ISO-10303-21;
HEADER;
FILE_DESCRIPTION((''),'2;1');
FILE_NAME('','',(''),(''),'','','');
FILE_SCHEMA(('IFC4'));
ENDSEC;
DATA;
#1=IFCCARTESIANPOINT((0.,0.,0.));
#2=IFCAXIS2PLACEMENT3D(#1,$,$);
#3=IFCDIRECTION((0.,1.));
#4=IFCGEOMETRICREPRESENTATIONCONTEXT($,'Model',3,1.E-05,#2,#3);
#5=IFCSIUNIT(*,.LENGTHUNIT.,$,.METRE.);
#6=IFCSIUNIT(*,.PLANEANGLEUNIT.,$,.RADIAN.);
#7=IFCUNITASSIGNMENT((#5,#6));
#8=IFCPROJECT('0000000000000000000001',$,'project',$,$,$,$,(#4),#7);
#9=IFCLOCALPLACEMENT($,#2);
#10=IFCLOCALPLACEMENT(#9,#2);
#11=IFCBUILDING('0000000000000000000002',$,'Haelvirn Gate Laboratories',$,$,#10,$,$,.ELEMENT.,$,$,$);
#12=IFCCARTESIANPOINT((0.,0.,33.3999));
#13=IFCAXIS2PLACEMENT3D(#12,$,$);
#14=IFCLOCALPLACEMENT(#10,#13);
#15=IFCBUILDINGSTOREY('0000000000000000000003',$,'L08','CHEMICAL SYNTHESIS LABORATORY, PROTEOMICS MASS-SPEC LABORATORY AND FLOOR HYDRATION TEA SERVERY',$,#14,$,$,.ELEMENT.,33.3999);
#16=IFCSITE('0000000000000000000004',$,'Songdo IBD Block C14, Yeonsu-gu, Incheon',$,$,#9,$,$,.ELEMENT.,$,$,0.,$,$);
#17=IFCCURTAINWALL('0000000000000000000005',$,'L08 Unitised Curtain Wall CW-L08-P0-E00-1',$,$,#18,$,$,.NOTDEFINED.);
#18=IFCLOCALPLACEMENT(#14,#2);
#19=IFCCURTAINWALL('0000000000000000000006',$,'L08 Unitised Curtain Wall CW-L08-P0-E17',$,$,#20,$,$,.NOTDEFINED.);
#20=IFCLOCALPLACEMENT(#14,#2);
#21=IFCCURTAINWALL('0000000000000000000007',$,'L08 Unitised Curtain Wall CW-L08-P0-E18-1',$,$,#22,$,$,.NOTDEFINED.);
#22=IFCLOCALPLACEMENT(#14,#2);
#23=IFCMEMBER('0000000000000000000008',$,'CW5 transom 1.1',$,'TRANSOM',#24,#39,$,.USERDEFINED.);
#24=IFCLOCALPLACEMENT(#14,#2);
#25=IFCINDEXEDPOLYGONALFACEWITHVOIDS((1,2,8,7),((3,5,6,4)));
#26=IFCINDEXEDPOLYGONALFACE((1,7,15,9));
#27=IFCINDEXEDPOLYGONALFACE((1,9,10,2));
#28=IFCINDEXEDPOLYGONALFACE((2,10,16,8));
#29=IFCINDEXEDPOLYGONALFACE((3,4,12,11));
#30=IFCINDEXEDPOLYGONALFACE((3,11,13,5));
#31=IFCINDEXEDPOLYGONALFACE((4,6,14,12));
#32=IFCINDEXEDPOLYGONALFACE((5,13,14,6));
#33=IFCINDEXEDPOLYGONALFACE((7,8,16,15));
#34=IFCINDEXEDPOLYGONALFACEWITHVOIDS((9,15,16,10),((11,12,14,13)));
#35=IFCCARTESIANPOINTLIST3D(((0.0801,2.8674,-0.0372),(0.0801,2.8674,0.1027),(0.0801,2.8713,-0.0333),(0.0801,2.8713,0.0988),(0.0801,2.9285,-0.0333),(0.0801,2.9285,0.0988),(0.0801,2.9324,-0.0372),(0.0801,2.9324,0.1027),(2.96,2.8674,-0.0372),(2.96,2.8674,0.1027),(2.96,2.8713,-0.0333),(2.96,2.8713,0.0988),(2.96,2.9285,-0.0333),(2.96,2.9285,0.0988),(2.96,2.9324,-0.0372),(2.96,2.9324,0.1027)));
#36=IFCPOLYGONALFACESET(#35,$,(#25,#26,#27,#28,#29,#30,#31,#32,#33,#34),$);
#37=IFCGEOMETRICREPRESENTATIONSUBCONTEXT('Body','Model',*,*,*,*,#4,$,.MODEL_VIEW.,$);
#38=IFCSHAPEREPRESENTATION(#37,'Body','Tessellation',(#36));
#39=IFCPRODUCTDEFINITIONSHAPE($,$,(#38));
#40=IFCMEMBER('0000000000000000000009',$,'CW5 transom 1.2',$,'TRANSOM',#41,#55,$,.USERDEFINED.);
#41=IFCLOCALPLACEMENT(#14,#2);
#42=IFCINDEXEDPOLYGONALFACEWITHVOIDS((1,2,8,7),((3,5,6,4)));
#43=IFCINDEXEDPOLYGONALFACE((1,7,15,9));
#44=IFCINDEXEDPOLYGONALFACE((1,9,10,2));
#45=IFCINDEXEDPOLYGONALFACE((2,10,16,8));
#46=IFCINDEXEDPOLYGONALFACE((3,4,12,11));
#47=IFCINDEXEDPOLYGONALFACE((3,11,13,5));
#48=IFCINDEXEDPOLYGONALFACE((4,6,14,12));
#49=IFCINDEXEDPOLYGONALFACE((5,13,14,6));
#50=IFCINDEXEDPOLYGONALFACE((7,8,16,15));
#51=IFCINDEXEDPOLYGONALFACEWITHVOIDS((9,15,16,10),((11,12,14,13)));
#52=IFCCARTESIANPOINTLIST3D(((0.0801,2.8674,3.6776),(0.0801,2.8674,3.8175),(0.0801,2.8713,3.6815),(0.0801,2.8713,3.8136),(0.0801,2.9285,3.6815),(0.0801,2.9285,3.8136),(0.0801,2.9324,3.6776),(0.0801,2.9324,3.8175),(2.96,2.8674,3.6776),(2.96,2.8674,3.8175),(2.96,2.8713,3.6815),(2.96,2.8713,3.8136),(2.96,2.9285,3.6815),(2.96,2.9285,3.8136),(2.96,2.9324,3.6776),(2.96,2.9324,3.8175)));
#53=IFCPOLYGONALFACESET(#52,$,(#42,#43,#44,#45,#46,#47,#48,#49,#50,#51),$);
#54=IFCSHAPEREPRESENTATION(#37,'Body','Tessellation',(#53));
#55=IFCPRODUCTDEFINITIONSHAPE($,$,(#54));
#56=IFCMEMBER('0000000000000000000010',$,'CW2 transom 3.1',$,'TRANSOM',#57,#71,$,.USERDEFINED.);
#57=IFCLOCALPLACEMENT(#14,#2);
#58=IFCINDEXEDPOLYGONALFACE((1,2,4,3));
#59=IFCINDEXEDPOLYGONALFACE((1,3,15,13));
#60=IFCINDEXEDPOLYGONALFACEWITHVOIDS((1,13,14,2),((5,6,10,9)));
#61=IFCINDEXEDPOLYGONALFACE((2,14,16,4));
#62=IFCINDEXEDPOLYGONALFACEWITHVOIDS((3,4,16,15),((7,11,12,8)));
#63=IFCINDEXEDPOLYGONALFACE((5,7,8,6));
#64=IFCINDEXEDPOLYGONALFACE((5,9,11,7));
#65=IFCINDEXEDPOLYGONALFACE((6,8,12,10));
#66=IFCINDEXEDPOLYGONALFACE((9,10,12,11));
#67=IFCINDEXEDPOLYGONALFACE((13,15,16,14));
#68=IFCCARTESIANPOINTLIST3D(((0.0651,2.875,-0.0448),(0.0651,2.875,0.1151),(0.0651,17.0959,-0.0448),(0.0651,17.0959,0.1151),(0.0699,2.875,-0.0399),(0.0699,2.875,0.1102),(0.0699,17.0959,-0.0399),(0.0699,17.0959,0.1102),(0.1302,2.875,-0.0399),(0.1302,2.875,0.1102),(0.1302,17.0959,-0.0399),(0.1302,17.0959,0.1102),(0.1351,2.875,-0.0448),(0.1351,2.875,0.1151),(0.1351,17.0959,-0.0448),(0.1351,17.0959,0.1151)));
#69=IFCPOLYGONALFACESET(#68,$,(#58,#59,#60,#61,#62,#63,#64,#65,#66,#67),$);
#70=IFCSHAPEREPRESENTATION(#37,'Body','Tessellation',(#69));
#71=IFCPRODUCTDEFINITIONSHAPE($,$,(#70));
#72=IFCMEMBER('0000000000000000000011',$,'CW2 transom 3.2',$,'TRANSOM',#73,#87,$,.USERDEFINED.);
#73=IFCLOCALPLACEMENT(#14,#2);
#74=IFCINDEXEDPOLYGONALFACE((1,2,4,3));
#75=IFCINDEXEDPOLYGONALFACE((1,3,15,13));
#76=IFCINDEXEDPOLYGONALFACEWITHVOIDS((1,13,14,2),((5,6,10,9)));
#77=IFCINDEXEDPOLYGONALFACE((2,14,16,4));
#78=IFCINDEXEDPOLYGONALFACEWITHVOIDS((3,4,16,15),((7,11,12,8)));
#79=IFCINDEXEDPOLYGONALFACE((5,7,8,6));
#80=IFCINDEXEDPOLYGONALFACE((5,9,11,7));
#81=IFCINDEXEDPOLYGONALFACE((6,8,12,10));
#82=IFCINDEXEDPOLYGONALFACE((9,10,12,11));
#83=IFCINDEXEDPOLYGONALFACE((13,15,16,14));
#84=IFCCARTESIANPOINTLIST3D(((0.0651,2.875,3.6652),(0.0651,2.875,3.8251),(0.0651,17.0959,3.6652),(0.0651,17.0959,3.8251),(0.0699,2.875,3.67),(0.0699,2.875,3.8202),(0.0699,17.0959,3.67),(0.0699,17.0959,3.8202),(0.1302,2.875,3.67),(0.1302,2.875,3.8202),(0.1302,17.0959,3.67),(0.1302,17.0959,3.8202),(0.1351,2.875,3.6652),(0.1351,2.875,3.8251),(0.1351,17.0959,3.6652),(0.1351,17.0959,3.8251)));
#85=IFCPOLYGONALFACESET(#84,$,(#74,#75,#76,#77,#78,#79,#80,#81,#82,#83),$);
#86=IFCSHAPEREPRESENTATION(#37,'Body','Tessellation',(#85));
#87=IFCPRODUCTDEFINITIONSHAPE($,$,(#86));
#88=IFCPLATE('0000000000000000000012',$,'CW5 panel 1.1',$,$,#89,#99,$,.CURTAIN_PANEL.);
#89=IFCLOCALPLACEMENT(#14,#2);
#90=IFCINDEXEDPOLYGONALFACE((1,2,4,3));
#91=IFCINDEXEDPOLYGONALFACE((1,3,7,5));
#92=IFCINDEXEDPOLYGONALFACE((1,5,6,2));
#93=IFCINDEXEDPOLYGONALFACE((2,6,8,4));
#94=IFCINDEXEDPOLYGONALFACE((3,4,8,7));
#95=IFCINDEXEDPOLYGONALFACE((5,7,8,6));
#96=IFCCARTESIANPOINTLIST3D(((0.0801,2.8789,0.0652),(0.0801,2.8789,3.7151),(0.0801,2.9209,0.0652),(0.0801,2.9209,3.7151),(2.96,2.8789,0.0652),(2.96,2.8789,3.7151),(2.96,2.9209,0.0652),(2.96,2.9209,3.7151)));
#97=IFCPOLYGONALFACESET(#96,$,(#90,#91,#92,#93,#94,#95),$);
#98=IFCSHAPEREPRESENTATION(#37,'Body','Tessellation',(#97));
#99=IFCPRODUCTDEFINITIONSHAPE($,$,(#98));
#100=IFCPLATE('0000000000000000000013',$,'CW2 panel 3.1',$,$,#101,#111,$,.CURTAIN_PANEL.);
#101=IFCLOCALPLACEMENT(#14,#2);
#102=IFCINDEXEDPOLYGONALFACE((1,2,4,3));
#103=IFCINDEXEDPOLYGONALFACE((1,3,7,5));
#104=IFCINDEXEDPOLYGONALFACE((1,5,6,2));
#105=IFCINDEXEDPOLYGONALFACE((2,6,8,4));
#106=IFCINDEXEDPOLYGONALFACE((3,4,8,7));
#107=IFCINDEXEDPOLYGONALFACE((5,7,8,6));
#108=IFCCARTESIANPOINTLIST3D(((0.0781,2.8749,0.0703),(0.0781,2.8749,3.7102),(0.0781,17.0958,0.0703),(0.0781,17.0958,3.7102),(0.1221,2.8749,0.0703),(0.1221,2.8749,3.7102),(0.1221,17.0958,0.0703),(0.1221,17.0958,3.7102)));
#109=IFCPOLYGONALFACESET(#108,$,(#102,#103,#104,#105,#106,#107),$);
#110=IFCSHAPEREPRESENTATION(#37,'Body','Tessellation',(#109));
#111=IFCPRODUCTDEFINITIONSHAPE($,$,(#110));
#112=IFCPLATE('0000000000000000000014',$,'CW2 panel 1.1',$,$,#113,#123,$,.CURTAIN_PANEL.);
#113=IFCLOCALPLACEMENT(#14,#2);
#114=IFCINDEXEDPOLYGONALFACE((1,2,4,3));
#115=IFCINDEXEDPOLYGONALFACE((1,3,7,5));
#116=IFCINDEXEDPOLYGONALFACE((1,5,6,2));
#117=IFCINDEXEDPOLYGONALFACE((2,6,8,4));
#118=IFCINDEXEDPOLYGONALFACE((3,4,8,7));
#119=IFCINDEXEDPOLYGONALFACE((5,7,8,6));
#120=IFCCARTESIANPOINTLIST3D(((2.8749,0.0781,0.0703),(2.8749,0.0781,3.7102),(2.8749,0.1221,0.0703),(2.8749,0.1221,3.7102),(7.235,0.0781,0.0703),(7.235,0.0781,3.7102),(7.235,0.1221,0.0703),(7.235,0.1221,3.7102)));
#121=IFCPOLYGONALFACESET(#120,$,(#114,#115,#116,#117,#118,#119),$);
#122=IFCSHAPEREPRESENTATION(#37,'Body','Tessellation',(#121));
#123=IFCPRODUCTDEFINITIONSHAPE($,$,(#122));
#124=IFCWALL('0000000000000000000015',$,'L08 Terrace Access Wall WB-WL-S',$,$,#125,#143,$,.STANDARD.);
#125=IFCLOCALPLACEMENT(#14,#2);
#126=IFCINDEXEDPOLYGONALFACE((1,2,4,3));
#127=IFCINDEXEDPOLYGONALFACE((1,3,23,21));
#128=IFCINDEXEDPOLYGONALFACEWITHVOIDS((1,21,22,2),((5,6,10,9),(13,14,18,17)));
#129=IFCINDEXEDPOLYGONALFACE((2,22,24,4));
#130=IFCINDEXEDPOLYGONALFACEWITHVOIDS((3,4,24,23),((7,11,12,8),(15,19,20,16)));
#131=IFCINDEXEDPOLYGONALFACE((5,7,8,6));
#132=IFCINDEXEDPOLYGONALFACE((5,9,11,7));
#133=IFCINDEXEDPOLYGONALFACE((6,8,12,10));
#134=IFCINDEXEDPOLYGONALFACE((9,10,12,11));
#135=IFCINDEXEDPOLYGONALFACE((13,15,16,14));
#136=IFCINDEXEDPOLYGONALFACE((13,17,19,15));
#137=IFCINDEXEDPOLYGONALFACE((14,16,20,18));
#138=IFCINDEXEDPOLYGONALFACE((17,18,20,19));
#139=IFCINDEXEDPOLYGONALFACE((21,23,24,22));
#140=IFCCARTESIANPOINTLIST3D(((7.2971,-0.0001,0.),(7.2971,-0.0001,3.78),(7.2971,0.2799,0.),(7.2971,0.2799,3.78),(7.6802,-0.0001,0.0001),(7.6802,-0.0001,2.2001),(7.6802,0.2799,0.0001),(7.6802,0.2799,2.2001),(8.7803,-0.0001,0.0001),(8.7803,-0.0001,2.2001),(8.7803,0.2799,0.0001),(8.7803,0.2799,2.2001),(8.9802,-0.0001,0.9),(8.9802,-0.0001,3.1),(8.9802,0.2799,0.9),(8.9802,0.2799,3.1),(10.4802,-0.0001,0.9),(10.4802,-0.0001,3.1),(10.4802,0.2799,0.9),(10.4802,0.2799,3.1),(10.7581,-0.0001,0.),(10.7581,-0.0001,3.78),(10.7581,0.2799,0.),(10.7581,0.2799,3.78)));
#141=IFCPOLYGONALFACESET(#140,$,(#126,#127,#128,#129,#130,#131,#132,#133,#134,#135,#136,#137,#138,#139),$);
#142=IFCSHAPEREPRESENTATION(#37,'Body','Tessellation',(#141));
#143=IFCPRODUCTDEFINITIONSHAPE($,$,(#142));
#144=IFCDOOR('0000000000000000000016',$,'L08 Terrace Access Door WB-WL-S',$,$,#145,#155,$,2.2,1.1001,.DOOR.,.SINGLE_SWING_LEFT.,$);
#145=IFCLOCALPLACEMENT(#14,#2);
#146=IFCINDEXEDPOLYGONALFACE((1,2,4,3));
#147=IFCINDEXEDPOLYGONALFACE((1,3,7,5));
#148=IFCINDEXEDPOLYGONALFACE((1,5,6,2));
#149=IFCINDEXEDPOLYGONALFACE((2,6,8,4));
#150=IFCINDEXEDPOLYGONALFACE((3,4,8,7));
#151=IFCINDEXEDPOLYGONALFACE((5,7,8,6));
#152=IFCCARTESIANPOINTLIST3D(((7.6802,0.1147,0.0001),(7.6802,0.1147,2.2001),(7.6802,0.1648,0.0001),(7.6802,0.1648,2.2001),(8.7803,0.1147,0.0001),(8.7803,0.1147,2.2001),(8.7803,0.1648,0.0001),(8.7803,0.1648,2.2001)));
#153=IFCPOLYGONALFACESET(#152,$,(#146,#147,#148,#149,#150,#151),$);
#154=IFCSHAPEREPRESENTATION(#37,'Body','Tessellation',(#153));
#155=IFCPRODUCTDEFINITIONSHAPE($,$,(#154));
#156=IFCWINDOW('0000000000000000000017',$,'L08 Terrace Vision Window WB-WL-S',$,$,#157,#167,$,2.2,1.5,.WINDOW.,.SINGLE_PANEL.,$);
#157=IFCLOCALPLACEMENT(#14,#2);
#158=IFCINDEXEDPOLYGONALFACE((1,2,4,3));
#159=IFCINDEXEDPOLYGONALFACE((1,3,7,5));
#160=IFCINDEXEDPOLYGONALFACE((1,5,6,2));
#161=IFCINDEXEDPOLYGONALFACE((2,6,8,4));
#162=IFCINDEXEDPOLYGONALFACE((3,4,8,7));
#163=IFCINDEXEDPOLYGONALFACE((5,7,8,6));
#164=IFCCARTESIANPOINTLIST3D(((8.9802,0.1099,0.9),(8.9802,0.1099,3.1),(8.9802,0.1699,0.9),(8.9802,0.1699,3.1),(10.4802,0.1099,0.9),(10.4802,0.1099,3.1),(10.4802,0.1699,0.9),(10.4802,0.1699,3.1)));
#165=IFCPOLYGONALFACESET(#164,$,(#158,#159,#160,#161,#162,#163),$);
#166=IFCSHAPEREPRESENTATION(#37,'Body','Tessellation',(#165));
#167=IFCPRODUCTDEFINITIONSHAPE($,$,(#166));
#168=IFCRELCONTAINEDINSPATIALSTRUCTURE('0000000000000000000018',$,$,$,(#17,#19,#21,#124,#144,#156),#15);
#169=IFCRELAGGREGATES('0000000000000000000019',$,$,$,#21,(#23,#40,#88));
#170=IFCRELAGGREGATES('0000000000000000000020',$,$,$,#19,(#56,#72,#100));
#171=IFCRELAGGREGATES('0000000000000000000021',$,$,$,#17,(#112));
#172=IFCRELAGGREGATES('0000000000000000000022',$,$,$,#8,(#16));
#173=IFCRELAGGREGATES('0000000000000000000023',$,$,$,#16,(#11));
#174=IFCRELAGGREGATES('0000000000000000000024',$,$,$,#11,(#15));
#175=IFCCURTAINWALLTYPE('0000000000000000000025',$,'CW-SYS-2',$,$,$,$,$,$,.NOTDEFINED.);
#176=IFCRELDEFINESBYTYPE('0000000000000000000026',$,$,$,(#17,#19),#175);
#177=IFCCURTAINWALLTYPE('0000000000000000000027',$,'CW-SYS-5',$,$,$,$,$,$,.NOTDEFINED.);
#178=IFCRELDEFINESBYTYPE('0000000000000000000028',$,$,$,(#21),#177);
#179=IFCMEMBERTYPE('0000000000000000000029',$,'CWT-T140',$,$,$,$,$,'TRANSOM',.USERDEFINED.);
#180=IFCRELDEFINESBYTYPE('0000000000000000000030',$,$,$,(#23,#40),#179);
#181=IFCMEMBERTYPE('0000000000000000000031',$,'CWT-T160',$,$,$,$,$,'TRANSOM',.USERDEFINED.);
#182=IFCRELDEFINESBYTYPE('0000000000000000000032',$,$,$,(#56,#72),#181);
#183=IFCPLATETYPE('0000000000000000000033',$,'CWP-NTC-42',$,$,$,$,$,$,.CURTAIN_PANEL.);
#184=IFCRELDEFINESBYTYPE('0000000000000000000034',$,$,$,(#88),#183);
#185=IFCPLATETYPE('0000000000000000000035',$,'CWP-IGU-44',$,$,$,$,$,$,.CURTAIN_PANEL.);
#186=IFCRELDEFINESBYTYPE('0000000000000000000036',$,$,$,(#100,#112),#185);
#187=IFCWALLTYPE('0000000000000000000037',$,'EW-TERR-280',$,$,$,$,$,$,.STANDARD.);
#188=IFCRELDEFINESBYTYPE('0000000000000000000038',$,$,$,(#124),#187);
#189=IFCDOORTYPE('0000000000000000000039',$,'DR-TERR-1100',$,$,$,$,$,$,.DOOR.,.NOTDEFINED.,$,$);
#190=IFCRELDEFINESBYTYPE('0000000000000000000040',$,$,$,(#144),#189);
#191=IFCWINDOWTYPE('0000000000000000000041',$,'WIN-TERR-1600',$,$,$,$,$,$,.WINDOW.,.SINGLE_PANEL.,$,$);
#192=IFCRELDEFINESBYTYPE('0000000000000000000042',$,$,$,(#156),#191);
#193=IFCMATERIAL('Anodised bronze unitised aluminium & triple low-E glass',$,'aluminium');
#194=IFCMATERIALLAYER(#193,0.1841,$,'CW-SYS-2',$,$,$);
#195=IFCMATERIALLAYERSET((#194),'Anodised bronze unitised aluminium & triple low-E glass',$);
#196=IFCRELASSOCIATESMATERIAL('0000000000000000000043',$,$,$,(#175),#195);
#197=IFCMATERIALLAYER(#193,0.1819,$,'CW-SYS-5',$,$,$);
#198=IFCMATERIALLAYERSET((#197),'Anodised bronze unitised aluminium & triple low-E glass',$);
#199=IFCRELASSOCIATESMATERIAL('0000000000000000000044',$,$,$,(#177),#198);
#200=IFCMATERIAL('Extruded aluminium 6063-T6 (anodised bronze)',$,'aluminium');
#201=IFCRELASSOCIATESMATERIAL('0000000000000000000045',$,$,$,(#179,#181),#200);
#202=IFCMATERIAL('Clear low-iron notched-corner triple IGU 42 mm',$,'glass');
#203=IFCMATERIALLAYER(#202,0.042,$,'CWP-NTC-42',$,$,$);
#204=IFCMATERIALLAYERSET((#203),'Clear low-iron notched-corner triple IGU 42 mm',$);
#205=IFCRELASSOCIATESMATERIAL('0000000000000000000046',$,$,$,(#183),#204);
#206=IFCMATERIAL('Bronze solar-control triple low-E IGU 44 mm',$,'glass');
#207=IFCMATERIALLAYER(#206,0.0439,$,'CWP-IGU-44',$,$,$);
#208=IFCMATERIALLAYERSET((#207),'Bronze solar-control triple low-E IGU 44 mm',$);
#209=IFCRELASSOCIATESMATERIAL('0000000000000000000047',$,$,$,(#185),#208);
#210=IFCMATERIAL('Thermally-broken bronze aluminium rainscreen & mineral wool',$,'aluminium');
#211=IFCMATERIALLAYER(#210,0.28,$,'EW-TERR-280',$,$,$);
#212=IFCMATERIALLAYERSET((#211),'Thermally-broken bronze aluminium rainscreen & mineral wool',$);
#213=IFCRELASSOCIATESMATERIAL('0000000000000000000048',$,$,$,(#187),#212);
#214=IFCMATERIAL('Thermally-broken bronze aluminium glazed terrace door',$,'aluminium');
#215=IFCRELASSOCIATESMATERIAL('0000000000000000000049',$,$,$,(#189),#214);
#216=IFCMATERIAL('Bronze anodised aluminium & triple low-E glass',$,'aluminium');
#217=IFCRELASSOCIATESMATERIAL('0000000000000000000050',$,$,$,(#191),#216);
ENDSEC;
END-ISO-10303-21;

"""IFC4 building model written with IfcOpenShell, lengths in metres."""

from ifc_helpers import new_model, si_unit, direction, frame, frame_2d, origin, origin_2d, place, context, subcontext, project, spatial, rectangle, hollow_rectangle, extrude, source, transform, mapped, material, layer, layer_set, material_profile, profile_set, type_object, type_shapes, element, fill, aggregate, save


model = new_model("IFC4")

# Units and contexts
model_context = context("Model", 3, precision=1e-05, world=origin(), true_north=direction((0.0, 1.0)))
body_context = subcontext(model_context, "Body", "Model", "MODEL_VIEW")
ifc_project = project(units=[si_unit("LENGTHUNIT", "METRE"), si_unit("PLANEANGLEUNIT", "RADIAN")], contexts=[model_context])

# Site, building, storey
site_placement = place(None, origin())
site = spatial("IfcSite", under=ifc_project, at=site_placement, Name="Songdo IBD Block C14, Yeonsu-gu, Incheon", CompositionType="ELEMENT", RefElevation=0.0)
building_placement = place(site_placement, origin())
building = spatial("IfcBuilding", under=site, at=building_placement, Name="Haelvirn Gate Laboratories", CompositionType="ELEMENT")
storey_placement = place(building_placement, frame((0.0, 0.0, 33.3999)))
storey = spatial("IfcBuildingStorey", under=building, at=storey_placement, Name="L08", Description="CHEMICAL SYNTHESIS LABORATORY, PROTEOMICS MASS-SPEC LABORATORY AND FLOOR HYDRATION TEA SERVERY", CompositionType="ELEMENT", Elevation=33.3999)

# Curtain wall
ifc_material_1 = material(Name="Anodised bronze unitised aluminium & triple low-E glass", Category="aluminium")
ifc_layer_1 = layer(ifc_material_1, 0.1841, Name="CW-SYS-2")
ifc_layer_set_1 = layer_set([ifc_layer_1], Name="Anodised bronze unitised aluminium & triple low-E glass")
curtain_wall_type_1 = type_object("IfcCurtainWallType", Name="CW-SYS-2", PredefinedType="NOTDEFINED", material=ifc_layer_set_1)
curtain_wall_1_placement = place(storey_placement, origin())
curtain_wall_1 = element("IfcCurtainWall", 1, at=curtain_wall_1_placement, inside=storey, type_object=curtain_wall_type_1, Name="L08 Unitised Curtain Wall CW-L08-P0-E00-1", PredefinedType="NOTDEFINED")
ifc_material_2 = material(Name="Extruded aluminium 6063-T6 (anodised bronze)", Category="aluminium")

# Curtain walls, members
curtain_wall_2_placement = place(storey_placement, origin())
curtain_wall_2 = element("IfcCurtainWall", 2, at=curtain_wall_2_placement, inside=storey, type_object=curtain_wall_type_1, Name="L08 Unitised Curtain Wall CW-L08-P0-E17", PredefinedType="NOTDEFINED")
ifc_layer_2 = layer(ifc_material_1, 0.1819, Name="CW-SYS-5")
ifc_layer_set_2 = layer_set([ifc_layer_2], Name="Anodised bronze unitised aluminium & triple low-E glass")
curtain_wall_type_2 = type_object("IfcCurtainWallType", Name="CW-SYS-5", PredefinedType="NOTDEFINED", material=ifc_layer_set_2)
curtain_wall_3_placement = place(storey_placement, origin())
curtain_wall_3 = element("IfcCurtainWall", 3, at=curtain_wall_3_placement, inside=storey, type_object=curtain_wall_type_2, Name="L08 Unitised Curtain Wall CW-L08-P0-E18-1", PredefinedType="NOTDEFINED")
ifc_material_profile_1 = material_profile(ifc_material_2, hollow_rectangle(XDim=0.0649, YDim=0.1399, WallThickness=0.0039, at=origin_2d()), Name="CWT-140x65x4")
ifc_profile_set_1 = profile_set([ifc_material_profile_1], Name="Extruded aluminium 6063-T6 (anodised bronze)")
member_type_1 = type_object("IfcMemberType", Name="CWT-T140", ElementType="TRANSOM", PredefinedType="USERDEFINED", material=ifc_profile_set_1)
shared_shape_1 = source(origin(), body_context, "Body", "SweptSolid", [
    extrude(hollow_rectangle(XDim=0.0649, YDim=0.1399, WallThickness=0.0039, at=origin_2d()), origin(), (0.0, 0.0, 1.0), 2.8799),
])
type_shapes(member_type_1, [shared_shape_1])
member_1_placement = place(storey_placement, frame((0.0801, 2.8999, 0.0327), z_axis=(1.0, 0.0, 0.0), x_axis=(0.0, 1.0, 0.0)))
member_1 = element("IfcMember", 4, at=member_1_placement, type_object=member_type_1, Name="CW5 transom 1.1", ObjectType="TRANSOM", PredefinedType="USERDEFINED", context=body_context, shape_type="MappedRepresentation", body=[
    mapped(shared_shape_1, transform((0.0, 0.0, 0.0), scale=1.0)),
])
member_2_placement = place(storey_placement, frame((0.0801, 2.8999, 3.7476), z_axis=(1.0, 0.0, 0.0), x_axis=(0.0, 1.0, 0.0)))
member_2 = element("IfcMember", 5, at=member_2_placement, type_object=member_type_1, Name="CW5 transom 1.2", ObjectType="TRANSOM", PredefinedType="USERDEFINED", context=body_context, shape_type="MappedRepresentation", body=[
    mapped(shared_shape_1, transform((0.0, 0.0, 0.0), scale=1.0)),
])

# Members
ifc_material_profile_2 = material_profile(ifc_material_2, hollow_rectangle(XDim=0.0701, YDim=0.1599, WallThickness=0.0049, at=origin_2d()), Name="CWT-160x70x5")
ifc_profile_set_2 = profile_set([ifc_material_profile_2], Name="Extruded aluminium 6063-T6 (anodised bronze)")
member_type_2 = type_object("IfcMemberType", Name="CWT-T160", ElementType="TRANSOM", PredefinedType="USERDEFINED", material=ifc_profile_set_2)
shared_shape_2 = source(origin(), body_context, "Body", "SweptSolid", [
    extrude(hollow_rectangle(XDim=0.0701, YDim=0.1599, WallThickness=0.0049, at=origin_2d()), origin(), (0.0, 0.0, 1.0), 14.2209),
])
type_shapes(member_type_2, [shared_shape_2])
member_3_placement = place(storey_placement, frame((0.1001, 17.0959, 0.0352), z_axis=(0.0, -1.0, 0.0), x_axis=(1.0, 0.0, 0.0)))
member_3 = element("IfcMember", 6, at=member_3_placement, type_object=member_type_2, Name="CW2 transom 3.1", ObjectType="TRANSOM", PredefinedType="USERDEFINED", context=body_context, shape_type="MappedRepresentation", body=[
    mapped(shared_shape_2, transform((0.0, 0.0, 0.0), scale=1.0)),
])
member_4_placement = place(storey_placement, frame((0.1001, 17.0959, 3.7451), z_axis=(0.0, -1.0, 0.0), x_axis=(1.0, 0.0, 0.0)))
member_4 = element("IfcMember", 7, at=member_4_placement, type_object=member_type_2, Name="CW2 transom 3.2", ObjectType="TRANSOM", PredefinedType="USERDEFINED", context=body_context, shape_type="MappedRepresentation", body=[
    mapped(shared_shape_2, transform((0.0, 0.0, 0.0), scale=1.0)),
])

# Plates
ifc_material_3 = material(Name="Clear low-iron notched-corner triple IGU 42 mm", Category="glass")
ifc_layer_3 = layer(ifc_material_3, 0.042, Name="CWP-NTC-42")
ifc_layer_set_3 = layer_set([ifc_layer_3], Name="Clear low-iron notched-corner triple IGU 42 mm")
plate_type_1 = type_object("IfcPlateType", Name="CWP-NTC-42", PredefinedType="CURTAIN_PANEL", material=ifc_layer_set_3)
shared_shape_3 = source(origin(), body_context, "Body", "SweptSolid", [
    extrude(rectangle(XDim=2.8799, YDim=0.042, at=origin_2d()), origin(), (0.0, 0.0, 1.0), 3.6499),
])
type_shapes(plate_type_1, [shared_shape_3])
plate_1_placement = place(storey_placement, frame((1.52, 2.8999, 0.0652), z_axis=(0.0, 0.0, 1.0), x_axis=(1.0, 0.0, 0.0)))
plate_1 = element("IfcPlate", 8, at=plate_1_placement, type_object=plate_type_1, Name="CW5 panel 1.1", PredefinedType="CURTAIN_PANEL", context=body_context, shape_type="MappedRepresentation", body=[
    mapped(shared_shape_3, transform((0.0, 0.0, 0.0), scale=1.0)),
])
aggregate(curtain_wall_3, [member_1, member_2, plate_1])
ifc_material_4 = material(Name="Bronze solar-control triple low-E IGU 44 mm", Category="glass")
ifc_layer_4 = layer(ifc_material_4, 0.0439, Name="CWP-IGU-44")
ifc_layer_set_4 = layer_set([ifc_layer_4], Name="Bronze solar-control triple low-E IGU 44 mm")
plate_type_2 = type_object("IfcPlateType", Name="CWP-IGU-44", PredefinedType="CURTAIN_PANEL", material=ifc_layer_set_4)
shared_shape_4 = source(origin(), body_context, "Body", "SweptSolid", [
    extrude(rectangle(XDim=14.2209, YDim=0.0439, at=origin_2d()), origin(), (0.0, 0.0, 1.0), 3.6399),
])
plate_2_placement = place(storey_placement, frame((0.1001, 9.9854, 0.0703), z_axis=(0.0, 0.0, 1.0), x_axis=(0.0, -1.0, 0.0)))
plate_2 = element("IfcPlate", 9, at=plate_2_placement, type_object=plate_type_2, Name="CW2 panel 3.1", PredefinedType="CURTAIN_PANEL", context=body_context, shape_type="MappedRepresentation", body=[
    mapped(shared_shape_4, transform((0.0, 0.0, 0.0), scale=1.0)),
])
aggregate(curtain_wall_2, [member_3, member_4, plate_2])
shared_shape_5 = source(origin(), body_context, "Body", "SweptSolid", [
    extrude(rectangle(XDim=4.3601, YDim=0.0439, at=origin_2d()), origin(), (0.0, 0.0, 1.0), 3.6399),
])
type_shapes(plate_type_2, [shared_shape_4, shared_shape_5])
plate_3_placement = place(storey_placement, frame((5.0549, 0.1001, 0.0703), z_axis=(0.0, 0.0, 1.0), x_axis=(1.0, 0.0, 0.0)))
plate_3 = element("IfcPlate", 10, at=plate_3_placement, type_object=plate_type_2, Name="CW2 panel 1.1", PredefinedType="CURTAIN_PANEL", context=body_context, shape_type="MappedRepresentation", body=[
    mapped(shared_shape_5, transform((0.0, 0.0, 0.0), scale=1.0)),
])
aggregate(curtain_wall_1, [plate_3])

# Wall, openings, door, window
ifc_material_5 = material(Name="Thermally-broken bronze aluminium rainscreen & mineral wool", Category="aluminium")
ifc_layer_5 = layer(ifc_material_5, 0.28, Name="EW-TERR-280")
ifc_layer_set_5 = layer_set([ifc_layer_5], Name="Thermally-broken bronze aluminium rainscreen & mineral wool")
wall_type_1 = type_object("IfcWallType", Name="EW-TERR-280", PredefinedType="STANDARD", material=ifc_layer_set_5)
wall_1_placement = place(storey_placement, frame((7.2971, 0.1399, 0.0), z_axis=(0.0, 0.0, 1.0), x_axis=(1.0, 0.0, 0.0)))
wall_1 = element("IfcWall", 11, at=wall_1_placement, inside=storey, type_object=wall_type_1, Name="L08 Terrace Access Wall WB-WL-S", PredefinedType="STANDARD", context=body_context, shape_type="SweptSolid", body=[
    extrude(rectangle(XDim=3.4609, YDim=0.28, at=frame_2d((1.7305, 0.0))), origin(), (0.0, 0.0, 1.0), 3.78),
])
opening_1_placement = place(wall_1_placement, frame((0.3831, 0.0, 0.0)))
opening_1 = element("IfcOpeningElement", 12, at=opening_1_placement, cuts=wall_1, PredefinedType="OPENING", context=body_context, shape_type="SweptSolid", body=[
    extrude(rectangle(XDim=1.1001, YDim=2.2, at=frame_2d((0.55, 1.1001))), frame((0.0, 0.1499, 0.0), z_axis=(0.0, -1.0, 0.0), x_axis=(1.0, 0.0, 0.0)), (0.0, 0.0, 1.0), 0.3),
])
opening_2_placement = place(wall_1_placement, frame((1.6831, 0.0, 0.8999)))
opening_2 = element("IfcOpeningElement", 13, at=opening_2_placement, cuts=wall_1, PredefinedType="OPENING", context=body_context, shape_type="SweptSolid", body=[
    extrude(rectangle(XDim=1.5, YDim=2.2, at=frame_2d((0.75, 1.1001))), frame((0.0, 0.1499, 0.0), z_axis=(0.0, -1.0, 0.0), x_axis=(1.0, 0.0, 0.0)), (0.0, 0.0, 1.0), 0.3),
])
ifc_material_6 = material(Name="Thermally-broken bronze aluminium glazed terrace door", Category="aluminium")
door_type_1 = type_object("IfcDoorType", Name="DR-TERR-1100", OperationType="NOTDEFINED", PredefinedType="DOOR", material=ifc_material_6)
shared_shape_6 = source(origin(), body_context, "Body", "SweptSolid", [
    extrude(rectangle(XDim=1.1001, YDim=2.2, at=frame_2d((0.55, 1.1001))), frame((0.0, 0.0249, 0.0), z_axis=(0.0, -1.0, 0.0), x_axis=(1.0, 0.0, 0.0)), (0.0, 0.0, 1.0), 0.05),
])
type_shapes(door_type_1, [shared_shape_6])
door_1_placement = place(opening_1_placement, origin())
door_1 = element("IfcDoor", 14, at=door_1_placement, inside=storey, type_object=door_type_1, Name="L08 Terrace Access Door WB-WL-S", OperationType="SINGLE_SWING_LEFT", OverallHeight=2.2, OverallWidth=1.1001, PredefinedType="DOOR", context=body_context, shape_type="MappedRepresentation", body=[
    mapped(shared_shape_6, transform((0.0, 0.0, 0.0), scale=1.0)),
])
fill(opening_1, door_1)
ifc_material_7 = material(Name="Bronze anodised aluminium & triple low-E glass", Category="aluminium")
window_type = type_object("IfcWindowType", Name="WIN-TERR-1600", PartitioningType="SINGLE_PANEL", PredefinedType="WINDOW", material=ifc_material_7)
shared_shape_7 = source(origin(), body_context, "Body", "SweptSolid", [
    extrude(rectangle(XDim=1.5, YDim=2.2, at=frame_2d((0.75, 1.1001))), frame((0.0, 0.03, 0.0), z_axis=(0.0, -1.0, 0.0), x_axis=(1.0, 0.0, 0.0)), (0.0, 0.0, 1.0), 0.0601),
])
type_shapes(window_type, [shared_shape_7])
window_placement = place(opening_2_placement, origin())
window = element("IfcWindow", 15, at=window_placement, inside=storey, type_object=window_type, Name="L08 Terrace Vision Window WB-WL-S", OverallHeight=2.2, OverallWidth=1.5, PartitioningType="SINGLE_PANEL", PredefinedType="WINDOW", context=body_context, shape_type="MappedRepresentation", body=[
    mapped(shared_shape_7, transform((0.0, 0.0, 0.0), scale=1.0)),
])
fill(opening_2, window)

save(model, "model.ifc")
